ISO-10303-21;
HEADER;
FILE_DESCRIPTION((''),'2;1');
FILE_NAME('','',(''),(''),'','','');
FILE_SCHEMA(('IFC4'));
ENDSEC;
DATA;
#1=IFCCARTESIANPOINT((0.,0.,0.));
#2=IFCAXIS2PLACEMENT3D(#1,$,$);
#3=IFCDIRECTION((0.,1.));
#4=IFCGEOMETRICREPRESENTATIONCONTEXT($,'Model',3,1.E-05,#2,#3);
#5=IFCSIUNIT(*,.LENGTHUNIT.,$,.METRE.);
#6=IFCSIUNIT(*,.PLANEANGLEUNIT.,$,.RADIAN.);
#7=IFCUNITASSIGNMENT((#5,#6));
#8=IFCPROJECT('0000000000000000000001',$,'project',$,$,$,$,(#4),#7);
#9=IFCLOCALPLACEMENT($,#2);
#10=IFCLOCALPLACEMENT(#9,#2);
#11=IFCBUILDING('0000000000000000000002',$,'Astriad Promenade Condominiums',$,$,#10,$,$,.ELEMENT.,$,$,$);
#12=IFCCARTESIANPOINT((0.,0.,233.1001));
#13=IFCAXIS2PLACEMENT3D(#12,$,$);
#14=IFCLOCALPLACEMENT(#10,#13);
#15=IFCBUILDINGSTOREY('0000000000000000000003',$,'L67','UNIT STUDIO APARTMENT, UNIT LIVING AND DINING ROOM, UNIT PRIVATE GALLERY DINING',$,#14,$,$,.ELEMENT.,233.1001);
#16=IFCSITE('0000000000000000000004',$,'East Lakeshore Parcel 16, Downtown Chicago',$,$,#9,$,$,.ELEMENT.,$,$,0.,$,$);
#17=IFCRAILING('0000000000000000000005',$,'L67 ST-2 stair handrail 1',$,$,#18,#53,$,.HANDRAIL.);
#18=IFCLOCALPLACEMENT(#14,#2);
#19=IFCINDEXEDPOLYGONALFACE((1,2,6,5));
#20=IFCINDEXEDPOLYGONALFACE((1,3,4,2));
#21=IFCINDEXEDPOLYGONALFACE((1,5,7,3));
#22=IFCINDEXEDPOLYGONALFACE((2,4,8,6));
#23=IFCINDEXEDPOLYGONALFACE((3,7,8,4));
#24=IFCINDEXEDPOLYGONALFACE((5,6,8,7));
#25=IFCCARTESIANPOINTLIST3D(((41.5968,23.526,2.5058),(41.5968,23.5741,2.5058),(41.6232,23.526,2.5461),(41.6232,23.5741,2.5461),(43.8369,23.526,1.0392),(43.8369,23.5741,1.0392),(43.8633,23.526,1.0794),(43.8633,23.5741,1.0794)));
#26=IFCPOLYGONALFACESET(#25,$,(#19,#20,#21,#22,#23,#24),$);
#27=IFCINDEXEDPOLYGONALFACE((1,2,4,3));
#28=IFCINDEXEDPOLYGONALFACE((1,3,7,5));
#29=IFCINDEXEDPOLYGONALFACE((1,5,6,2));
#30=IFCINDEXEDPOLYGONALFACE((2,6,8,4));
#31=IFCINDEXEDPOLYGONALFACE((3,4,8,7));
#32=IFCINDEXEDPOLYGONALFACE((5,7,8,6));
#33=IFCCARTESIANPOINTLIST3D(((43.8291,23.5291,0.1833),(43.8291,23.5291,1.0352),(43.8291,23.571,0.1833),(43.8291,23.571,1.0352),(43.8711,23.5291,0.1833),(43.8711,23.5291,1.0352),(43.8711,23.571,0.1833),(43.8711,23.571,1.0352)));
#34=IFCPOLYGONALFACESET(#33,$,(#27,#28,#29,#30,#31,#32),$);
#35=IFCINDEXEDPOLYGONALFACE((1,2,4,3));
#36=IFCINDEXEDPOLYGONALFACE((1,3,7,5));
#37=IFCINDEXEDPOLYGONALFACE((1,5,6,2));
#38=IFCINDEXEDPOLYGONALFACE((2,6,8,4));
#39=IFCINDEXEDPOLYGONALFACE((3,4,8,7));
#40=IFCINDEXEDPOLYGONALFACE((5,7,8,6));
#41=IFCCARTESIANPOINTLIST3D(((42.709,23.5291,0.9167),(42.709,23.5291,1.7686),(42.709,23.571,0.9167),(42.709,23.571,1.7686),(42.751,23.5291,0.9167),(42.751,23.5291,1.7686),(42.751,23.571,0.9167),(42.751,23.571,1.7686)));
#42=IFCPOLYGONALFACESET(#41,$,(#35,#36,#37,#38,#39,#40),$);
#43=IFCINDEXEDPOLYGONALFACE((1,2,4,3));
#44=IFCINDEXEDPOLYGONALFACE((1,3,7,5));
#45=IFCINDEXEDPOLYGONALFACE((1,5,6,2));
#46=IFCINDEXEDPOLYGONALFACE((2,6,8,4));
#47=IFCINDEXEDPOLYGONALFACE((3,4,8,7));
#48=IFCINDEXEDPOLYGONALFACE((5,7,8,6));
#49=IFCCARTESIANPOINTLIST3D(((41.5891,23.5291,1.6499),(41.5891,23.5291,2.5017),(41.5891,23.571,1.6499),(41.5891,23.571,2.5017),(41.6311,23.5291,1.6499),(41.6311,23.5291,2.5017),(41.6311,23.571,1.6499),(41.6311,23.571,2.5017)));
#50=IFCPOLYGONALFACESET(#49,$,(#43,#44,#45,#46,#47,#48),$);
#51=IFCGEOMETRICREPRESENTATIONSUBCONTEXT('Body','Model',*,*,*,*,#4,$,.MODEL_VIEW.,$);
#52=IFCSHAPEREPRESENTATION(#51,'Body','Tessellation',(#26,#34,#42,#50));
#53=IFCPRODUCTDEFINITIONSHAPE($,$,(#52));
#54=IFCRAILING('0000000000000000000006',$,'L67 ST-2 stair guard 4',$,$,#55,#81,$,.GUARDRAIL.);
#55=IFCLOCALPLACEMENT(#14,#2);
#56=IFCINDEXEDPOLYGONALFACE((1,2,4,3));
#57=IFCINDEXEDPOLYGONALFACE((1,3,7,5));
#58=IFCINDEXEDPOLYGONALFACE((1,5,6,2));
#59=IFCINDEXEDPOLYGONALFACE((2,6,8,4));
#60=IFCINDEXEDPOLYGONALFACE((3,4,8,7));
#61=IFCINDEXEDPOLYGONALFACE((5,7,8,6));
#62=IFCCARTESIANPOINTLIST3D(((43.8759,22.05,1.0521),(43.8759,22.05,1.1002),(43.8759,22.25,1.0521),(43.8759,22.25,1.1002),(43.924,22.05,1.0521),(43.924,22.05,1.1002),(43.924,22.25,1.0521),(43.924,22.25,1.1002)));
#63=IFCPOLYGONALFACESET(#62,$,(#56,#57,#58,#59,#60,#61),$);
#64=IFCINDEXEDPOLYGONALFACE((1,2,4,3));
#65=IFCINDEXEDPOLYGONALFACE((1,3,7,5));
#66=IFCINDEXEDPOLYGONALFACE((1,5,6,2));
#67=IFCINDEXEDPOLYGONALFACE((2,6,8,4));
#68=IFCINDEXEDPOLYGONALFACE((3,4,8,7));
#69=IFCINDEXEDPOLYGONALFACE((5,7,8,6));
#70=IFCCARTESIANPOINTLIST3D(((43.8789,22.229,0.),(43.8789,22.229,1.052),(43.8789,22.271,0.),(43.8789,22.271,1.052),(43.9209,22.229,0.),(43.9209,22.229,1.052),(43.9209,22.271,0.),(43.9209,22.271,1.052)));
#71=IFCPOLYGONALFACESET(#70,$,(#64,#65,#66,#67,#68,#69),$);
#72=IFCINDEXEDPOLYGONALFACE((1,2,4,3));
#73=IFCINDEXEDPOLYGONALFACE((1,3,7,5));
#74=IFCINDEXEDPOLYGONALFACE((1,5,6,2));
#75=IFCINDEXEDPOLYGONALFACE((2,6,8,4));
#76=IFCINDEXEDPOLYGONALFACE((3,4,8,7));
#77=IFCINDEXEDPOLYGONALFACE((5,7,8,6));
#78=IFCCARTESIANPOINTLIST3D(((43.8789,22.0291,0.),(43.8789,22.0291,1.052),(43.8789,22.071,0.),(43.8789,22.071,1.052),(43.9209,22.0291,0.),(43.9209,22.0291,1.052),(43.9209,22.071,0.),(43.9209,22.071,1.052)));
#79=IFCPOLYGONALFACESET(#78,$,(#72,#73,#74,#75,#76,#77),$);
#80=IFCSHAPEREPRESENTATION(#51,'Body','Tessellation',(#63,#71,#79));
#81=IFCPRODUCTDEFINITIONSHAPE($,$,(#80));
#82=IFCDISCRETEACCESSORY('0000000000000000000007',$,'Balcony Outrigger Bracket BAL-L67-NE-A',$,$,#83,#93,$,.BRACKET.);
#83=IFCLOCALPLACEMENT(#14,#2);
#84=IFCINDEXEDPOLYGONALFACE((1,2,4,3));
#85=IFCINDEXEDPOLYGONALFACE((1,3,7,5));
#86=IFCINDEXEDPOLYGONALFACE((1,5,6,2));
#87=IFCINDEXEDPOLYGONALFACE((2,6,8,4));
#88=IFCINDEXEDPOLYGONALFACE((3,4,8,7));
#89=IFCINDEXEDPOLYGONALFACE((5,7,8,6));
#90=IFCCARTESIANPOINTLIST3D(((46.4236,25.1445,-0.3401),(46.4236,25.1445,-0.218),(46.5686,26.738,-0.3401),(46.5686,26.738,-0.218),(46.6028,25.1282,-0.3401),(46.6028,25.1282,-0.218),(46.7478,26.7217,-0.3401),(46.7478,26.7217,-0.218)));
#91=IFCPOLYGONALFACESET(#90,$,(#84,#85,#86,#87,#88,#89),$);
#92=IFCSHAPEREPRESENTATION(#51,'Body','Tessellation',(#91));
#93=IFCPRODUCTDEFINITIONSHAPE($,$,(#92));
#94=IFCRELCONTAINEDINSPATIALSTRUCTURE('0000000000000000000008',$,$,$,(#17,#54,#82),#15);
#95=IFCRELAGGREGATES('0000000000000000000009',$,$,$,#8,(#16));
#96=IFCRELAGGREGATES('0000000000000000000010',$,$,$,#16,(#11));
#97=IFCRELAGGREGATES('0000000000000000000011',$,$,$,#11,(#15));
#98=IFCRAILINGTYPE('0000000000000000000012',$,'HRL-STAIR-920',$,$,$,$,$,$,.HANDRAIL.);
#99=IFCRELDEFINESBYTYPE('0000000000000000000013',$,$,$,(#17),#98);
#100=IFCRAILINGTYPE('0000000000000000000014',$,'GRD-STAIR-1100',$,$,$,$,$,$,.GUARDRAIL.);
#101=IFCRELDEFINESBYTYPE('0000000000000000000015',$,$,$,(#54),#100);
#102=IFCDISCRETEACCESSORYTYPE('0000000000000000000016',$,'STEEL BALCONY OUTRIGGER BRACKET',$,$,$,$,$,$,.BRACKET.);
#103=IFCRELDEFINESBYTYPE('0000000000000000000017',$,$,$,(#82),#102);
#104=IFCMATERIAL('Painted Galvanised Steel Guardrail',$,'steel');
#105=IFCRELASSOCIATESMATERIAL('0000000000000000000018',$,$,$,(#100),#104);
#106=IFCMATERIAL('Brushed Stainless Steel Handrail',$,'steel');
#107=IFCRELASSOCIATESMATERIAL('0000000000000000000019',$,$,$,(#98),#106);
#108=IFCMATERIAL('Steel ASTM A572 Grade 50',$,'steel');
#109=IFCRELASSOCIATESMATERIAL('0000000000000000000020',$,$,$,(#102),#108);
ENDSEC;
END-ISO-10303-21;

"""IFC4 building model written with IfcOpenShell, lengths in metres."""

from ifc_helpers import new_model, si_unit, direction, frame, origin, origin_2d, place, context, subcontext, project, spatial, rectangle, extrude, source, transform, mapped, material, type_object, type_shapes, element, save


model = new_model("IFC4")

# Units and contexts
model_context = context("Model", 3, precision=1e-05, world=origin(), true_north=direction((0.0, 1.0)))
body_context = subcontext(model_context, "Body", "Model", "MODEL_VIEW")
ifc_project = project(units=[si_unit("LENGTHUNIT", "METRE"), si_unit("PLANEANGLEUNIT", "RADIAN")], contexts=[model_context])

# Site, building, storey
site_placement = place(None, origin())
site = spatial("IfcSite", under=ifc_project, at=site_placement, Name="East Lakeshore Parcel 16, Downtown Chicago", CompositionType="ELEMENT", RefElevation=0.0)
building_placement = place(site_placement, origin())
building = spatial("IfcBuilding", under=site, at=building_placement, Name="Astriad Promenade Condominiums", CompositionType="ELEMENT")
storey_placement = place(building_placement, frame((0.0, 0.0, 233.1001)))
storey = spatial("IfcBuildingStorey", under=building, at=storey_placement, Name="L67", Description="UNIT STUDIO APARTMENT, UNIT LIVING AND DINING ROOM, UNIT PRIVATE GALLERY DINING", CompositionType="ELEMENT", Elevation=233.1001)

# Railings
ifc_material_1 = material(Name="Painted Galvanised Steel Guardrail", Category="steel")
railing_type_1 = type_object("IfcRailingType", Name="GRD-STAIR-1100", PredefinedType="GUARDRAIL", material=ifc_material_1)
ifc_material_2 = material(Name="Brushed Stainless Steel Handrail", Category="steel")
railing_type_2 = type_object("IfcRailingType", Name="HRL-STAIR-920", PredefinedType="HANDRAIL", material=ifc_material_2)
shared_shape_1 = source(origin(), body_context, "Body", "SweptSolid", [
    extrude(rectangle(XDim=0.0481, YDim=0.0481, at=origin_2d()), frame((0.0, 0.0, 0.876), z_axis=(-0.836637, 0.0, 0.547758), x_axis=(0.0, -1.0, 0.0)), (0.0, 0.0, 1.0), 2.6775),
    extrude(rectangle(XDim=0.042, YDim=0.042, at=origin_2d()), origin(), (0.0, 0.0, 1.0), 0.8518),
    extrude(rectangle(XDim=0.042, YDim=0.042, at=origin_2d()), frame((-1.1201, 0.0, 0.7334)), (0.0, 0.0, 1.0), 0.8518),
    extrude(rectangle(XDim=0.042, YDim=0.042, at=origin_2d()), frame((-2.24, 0.0, 1.4666)), (0.0, 0.0, 1.0), 0.8518),
])
type_shapes(railing_type_2, [shared_shape_1])
railing_1_placement = place(storey_placement, frame((43.8501, 23.55, 0.1833)))
element("IfcRailing", 1, at=railing_1_placement, inside=storey, type_object=railing_type_2, Name="L67 ST-2 stair handrail 1", PredefinedType="HANDRAIL", context=body_context, shape_type="MappedRepresentation", body=[
    mapped(shared_shape_1, transform((0.0, 0.0, 0.0), scale=1.0)),
])
shared_shape_2 = source(origin(), body_context, "Body", "SweptSolid", [
    extrude(rectangle(XDim=0.0481, YDim=0.0481, at=origin_2d()), frame((0.0, 0.0, 1.0762), z_axis=(0.0, -1.0, 0.0), x_axis=(1.0, 0.0, 0.0)), (0.0, 0.0, 1.0), 0.2),
    extrude(rectangle(XDim=0.042, YDim=0.042, at=origin_2d()), origin(), (0.0, 0.0, 1.0), 1.052),
    extrude(rectangle(XDim=0.042, YDim=0.042, at=origin_2d()), frame((0.0, -0.2, 0.0)), (0.0, 0.0, 1.0), 1.052),
])
railing_2_placement = place(storey_placement, frame((43.8999, 22.25, 0.0)))
element("IfcRailing", 2, at=railing_2_placement, inside=storey, type_object=railing_type_1, Name="L67 ST-2 stair guard 4", PredefinedType="GUARDRAIL", context=body_context, shape_type="MappedRepresentation", body=[
    mapped(shared_shape_2, transform((0.0, 0.0, 0.0), scale=1.0)),
])

# Discrete accessory
ifc_material_3 = material(Name="Steel ASTM A572 Grade 50", Category="steel")
discrete_accessory_type = type_object("IfcDiscreteAccessoryType", Name="STEEL BALCONY OUTRIGGER BRACKET", PredefinedType="BRACKET", material=ifc_material_3)
shared_shape_3 = source(origin(), body_context, "Body", "SweptSolid", [
    extrude(rectangle(XDim=1.6001, YDim=0.1799, at=origin_2d()), origin(), (0.0, 0.0, 1.0), 0.1221),
])
type_shapes(discrete_accessory_type, [shared_shape_3])
discrete_accessory_placement = place(storey_placement, frame((46.5857, 25.9331, -0.3401), z_axis=(0.0, 0.0, 1.0), x_axis=(0.090633, 0.995884, 0.0)))
element("IfcDiscreteAccessory", 3, at=discrete_accessory_placement, inside=storey, type_object=discrete_accessory_type, Name="Balcony Outrigger Bracket BAL-L67-NE-A", PredefinedType="BRACKET", context=body_context, shape_type="MappedRepresentation", body=[
    mapped(shared_shape_3, transform((0.0, 0.0, 0.0), scale=1.0)),
])

save(model, "model.ifc")
